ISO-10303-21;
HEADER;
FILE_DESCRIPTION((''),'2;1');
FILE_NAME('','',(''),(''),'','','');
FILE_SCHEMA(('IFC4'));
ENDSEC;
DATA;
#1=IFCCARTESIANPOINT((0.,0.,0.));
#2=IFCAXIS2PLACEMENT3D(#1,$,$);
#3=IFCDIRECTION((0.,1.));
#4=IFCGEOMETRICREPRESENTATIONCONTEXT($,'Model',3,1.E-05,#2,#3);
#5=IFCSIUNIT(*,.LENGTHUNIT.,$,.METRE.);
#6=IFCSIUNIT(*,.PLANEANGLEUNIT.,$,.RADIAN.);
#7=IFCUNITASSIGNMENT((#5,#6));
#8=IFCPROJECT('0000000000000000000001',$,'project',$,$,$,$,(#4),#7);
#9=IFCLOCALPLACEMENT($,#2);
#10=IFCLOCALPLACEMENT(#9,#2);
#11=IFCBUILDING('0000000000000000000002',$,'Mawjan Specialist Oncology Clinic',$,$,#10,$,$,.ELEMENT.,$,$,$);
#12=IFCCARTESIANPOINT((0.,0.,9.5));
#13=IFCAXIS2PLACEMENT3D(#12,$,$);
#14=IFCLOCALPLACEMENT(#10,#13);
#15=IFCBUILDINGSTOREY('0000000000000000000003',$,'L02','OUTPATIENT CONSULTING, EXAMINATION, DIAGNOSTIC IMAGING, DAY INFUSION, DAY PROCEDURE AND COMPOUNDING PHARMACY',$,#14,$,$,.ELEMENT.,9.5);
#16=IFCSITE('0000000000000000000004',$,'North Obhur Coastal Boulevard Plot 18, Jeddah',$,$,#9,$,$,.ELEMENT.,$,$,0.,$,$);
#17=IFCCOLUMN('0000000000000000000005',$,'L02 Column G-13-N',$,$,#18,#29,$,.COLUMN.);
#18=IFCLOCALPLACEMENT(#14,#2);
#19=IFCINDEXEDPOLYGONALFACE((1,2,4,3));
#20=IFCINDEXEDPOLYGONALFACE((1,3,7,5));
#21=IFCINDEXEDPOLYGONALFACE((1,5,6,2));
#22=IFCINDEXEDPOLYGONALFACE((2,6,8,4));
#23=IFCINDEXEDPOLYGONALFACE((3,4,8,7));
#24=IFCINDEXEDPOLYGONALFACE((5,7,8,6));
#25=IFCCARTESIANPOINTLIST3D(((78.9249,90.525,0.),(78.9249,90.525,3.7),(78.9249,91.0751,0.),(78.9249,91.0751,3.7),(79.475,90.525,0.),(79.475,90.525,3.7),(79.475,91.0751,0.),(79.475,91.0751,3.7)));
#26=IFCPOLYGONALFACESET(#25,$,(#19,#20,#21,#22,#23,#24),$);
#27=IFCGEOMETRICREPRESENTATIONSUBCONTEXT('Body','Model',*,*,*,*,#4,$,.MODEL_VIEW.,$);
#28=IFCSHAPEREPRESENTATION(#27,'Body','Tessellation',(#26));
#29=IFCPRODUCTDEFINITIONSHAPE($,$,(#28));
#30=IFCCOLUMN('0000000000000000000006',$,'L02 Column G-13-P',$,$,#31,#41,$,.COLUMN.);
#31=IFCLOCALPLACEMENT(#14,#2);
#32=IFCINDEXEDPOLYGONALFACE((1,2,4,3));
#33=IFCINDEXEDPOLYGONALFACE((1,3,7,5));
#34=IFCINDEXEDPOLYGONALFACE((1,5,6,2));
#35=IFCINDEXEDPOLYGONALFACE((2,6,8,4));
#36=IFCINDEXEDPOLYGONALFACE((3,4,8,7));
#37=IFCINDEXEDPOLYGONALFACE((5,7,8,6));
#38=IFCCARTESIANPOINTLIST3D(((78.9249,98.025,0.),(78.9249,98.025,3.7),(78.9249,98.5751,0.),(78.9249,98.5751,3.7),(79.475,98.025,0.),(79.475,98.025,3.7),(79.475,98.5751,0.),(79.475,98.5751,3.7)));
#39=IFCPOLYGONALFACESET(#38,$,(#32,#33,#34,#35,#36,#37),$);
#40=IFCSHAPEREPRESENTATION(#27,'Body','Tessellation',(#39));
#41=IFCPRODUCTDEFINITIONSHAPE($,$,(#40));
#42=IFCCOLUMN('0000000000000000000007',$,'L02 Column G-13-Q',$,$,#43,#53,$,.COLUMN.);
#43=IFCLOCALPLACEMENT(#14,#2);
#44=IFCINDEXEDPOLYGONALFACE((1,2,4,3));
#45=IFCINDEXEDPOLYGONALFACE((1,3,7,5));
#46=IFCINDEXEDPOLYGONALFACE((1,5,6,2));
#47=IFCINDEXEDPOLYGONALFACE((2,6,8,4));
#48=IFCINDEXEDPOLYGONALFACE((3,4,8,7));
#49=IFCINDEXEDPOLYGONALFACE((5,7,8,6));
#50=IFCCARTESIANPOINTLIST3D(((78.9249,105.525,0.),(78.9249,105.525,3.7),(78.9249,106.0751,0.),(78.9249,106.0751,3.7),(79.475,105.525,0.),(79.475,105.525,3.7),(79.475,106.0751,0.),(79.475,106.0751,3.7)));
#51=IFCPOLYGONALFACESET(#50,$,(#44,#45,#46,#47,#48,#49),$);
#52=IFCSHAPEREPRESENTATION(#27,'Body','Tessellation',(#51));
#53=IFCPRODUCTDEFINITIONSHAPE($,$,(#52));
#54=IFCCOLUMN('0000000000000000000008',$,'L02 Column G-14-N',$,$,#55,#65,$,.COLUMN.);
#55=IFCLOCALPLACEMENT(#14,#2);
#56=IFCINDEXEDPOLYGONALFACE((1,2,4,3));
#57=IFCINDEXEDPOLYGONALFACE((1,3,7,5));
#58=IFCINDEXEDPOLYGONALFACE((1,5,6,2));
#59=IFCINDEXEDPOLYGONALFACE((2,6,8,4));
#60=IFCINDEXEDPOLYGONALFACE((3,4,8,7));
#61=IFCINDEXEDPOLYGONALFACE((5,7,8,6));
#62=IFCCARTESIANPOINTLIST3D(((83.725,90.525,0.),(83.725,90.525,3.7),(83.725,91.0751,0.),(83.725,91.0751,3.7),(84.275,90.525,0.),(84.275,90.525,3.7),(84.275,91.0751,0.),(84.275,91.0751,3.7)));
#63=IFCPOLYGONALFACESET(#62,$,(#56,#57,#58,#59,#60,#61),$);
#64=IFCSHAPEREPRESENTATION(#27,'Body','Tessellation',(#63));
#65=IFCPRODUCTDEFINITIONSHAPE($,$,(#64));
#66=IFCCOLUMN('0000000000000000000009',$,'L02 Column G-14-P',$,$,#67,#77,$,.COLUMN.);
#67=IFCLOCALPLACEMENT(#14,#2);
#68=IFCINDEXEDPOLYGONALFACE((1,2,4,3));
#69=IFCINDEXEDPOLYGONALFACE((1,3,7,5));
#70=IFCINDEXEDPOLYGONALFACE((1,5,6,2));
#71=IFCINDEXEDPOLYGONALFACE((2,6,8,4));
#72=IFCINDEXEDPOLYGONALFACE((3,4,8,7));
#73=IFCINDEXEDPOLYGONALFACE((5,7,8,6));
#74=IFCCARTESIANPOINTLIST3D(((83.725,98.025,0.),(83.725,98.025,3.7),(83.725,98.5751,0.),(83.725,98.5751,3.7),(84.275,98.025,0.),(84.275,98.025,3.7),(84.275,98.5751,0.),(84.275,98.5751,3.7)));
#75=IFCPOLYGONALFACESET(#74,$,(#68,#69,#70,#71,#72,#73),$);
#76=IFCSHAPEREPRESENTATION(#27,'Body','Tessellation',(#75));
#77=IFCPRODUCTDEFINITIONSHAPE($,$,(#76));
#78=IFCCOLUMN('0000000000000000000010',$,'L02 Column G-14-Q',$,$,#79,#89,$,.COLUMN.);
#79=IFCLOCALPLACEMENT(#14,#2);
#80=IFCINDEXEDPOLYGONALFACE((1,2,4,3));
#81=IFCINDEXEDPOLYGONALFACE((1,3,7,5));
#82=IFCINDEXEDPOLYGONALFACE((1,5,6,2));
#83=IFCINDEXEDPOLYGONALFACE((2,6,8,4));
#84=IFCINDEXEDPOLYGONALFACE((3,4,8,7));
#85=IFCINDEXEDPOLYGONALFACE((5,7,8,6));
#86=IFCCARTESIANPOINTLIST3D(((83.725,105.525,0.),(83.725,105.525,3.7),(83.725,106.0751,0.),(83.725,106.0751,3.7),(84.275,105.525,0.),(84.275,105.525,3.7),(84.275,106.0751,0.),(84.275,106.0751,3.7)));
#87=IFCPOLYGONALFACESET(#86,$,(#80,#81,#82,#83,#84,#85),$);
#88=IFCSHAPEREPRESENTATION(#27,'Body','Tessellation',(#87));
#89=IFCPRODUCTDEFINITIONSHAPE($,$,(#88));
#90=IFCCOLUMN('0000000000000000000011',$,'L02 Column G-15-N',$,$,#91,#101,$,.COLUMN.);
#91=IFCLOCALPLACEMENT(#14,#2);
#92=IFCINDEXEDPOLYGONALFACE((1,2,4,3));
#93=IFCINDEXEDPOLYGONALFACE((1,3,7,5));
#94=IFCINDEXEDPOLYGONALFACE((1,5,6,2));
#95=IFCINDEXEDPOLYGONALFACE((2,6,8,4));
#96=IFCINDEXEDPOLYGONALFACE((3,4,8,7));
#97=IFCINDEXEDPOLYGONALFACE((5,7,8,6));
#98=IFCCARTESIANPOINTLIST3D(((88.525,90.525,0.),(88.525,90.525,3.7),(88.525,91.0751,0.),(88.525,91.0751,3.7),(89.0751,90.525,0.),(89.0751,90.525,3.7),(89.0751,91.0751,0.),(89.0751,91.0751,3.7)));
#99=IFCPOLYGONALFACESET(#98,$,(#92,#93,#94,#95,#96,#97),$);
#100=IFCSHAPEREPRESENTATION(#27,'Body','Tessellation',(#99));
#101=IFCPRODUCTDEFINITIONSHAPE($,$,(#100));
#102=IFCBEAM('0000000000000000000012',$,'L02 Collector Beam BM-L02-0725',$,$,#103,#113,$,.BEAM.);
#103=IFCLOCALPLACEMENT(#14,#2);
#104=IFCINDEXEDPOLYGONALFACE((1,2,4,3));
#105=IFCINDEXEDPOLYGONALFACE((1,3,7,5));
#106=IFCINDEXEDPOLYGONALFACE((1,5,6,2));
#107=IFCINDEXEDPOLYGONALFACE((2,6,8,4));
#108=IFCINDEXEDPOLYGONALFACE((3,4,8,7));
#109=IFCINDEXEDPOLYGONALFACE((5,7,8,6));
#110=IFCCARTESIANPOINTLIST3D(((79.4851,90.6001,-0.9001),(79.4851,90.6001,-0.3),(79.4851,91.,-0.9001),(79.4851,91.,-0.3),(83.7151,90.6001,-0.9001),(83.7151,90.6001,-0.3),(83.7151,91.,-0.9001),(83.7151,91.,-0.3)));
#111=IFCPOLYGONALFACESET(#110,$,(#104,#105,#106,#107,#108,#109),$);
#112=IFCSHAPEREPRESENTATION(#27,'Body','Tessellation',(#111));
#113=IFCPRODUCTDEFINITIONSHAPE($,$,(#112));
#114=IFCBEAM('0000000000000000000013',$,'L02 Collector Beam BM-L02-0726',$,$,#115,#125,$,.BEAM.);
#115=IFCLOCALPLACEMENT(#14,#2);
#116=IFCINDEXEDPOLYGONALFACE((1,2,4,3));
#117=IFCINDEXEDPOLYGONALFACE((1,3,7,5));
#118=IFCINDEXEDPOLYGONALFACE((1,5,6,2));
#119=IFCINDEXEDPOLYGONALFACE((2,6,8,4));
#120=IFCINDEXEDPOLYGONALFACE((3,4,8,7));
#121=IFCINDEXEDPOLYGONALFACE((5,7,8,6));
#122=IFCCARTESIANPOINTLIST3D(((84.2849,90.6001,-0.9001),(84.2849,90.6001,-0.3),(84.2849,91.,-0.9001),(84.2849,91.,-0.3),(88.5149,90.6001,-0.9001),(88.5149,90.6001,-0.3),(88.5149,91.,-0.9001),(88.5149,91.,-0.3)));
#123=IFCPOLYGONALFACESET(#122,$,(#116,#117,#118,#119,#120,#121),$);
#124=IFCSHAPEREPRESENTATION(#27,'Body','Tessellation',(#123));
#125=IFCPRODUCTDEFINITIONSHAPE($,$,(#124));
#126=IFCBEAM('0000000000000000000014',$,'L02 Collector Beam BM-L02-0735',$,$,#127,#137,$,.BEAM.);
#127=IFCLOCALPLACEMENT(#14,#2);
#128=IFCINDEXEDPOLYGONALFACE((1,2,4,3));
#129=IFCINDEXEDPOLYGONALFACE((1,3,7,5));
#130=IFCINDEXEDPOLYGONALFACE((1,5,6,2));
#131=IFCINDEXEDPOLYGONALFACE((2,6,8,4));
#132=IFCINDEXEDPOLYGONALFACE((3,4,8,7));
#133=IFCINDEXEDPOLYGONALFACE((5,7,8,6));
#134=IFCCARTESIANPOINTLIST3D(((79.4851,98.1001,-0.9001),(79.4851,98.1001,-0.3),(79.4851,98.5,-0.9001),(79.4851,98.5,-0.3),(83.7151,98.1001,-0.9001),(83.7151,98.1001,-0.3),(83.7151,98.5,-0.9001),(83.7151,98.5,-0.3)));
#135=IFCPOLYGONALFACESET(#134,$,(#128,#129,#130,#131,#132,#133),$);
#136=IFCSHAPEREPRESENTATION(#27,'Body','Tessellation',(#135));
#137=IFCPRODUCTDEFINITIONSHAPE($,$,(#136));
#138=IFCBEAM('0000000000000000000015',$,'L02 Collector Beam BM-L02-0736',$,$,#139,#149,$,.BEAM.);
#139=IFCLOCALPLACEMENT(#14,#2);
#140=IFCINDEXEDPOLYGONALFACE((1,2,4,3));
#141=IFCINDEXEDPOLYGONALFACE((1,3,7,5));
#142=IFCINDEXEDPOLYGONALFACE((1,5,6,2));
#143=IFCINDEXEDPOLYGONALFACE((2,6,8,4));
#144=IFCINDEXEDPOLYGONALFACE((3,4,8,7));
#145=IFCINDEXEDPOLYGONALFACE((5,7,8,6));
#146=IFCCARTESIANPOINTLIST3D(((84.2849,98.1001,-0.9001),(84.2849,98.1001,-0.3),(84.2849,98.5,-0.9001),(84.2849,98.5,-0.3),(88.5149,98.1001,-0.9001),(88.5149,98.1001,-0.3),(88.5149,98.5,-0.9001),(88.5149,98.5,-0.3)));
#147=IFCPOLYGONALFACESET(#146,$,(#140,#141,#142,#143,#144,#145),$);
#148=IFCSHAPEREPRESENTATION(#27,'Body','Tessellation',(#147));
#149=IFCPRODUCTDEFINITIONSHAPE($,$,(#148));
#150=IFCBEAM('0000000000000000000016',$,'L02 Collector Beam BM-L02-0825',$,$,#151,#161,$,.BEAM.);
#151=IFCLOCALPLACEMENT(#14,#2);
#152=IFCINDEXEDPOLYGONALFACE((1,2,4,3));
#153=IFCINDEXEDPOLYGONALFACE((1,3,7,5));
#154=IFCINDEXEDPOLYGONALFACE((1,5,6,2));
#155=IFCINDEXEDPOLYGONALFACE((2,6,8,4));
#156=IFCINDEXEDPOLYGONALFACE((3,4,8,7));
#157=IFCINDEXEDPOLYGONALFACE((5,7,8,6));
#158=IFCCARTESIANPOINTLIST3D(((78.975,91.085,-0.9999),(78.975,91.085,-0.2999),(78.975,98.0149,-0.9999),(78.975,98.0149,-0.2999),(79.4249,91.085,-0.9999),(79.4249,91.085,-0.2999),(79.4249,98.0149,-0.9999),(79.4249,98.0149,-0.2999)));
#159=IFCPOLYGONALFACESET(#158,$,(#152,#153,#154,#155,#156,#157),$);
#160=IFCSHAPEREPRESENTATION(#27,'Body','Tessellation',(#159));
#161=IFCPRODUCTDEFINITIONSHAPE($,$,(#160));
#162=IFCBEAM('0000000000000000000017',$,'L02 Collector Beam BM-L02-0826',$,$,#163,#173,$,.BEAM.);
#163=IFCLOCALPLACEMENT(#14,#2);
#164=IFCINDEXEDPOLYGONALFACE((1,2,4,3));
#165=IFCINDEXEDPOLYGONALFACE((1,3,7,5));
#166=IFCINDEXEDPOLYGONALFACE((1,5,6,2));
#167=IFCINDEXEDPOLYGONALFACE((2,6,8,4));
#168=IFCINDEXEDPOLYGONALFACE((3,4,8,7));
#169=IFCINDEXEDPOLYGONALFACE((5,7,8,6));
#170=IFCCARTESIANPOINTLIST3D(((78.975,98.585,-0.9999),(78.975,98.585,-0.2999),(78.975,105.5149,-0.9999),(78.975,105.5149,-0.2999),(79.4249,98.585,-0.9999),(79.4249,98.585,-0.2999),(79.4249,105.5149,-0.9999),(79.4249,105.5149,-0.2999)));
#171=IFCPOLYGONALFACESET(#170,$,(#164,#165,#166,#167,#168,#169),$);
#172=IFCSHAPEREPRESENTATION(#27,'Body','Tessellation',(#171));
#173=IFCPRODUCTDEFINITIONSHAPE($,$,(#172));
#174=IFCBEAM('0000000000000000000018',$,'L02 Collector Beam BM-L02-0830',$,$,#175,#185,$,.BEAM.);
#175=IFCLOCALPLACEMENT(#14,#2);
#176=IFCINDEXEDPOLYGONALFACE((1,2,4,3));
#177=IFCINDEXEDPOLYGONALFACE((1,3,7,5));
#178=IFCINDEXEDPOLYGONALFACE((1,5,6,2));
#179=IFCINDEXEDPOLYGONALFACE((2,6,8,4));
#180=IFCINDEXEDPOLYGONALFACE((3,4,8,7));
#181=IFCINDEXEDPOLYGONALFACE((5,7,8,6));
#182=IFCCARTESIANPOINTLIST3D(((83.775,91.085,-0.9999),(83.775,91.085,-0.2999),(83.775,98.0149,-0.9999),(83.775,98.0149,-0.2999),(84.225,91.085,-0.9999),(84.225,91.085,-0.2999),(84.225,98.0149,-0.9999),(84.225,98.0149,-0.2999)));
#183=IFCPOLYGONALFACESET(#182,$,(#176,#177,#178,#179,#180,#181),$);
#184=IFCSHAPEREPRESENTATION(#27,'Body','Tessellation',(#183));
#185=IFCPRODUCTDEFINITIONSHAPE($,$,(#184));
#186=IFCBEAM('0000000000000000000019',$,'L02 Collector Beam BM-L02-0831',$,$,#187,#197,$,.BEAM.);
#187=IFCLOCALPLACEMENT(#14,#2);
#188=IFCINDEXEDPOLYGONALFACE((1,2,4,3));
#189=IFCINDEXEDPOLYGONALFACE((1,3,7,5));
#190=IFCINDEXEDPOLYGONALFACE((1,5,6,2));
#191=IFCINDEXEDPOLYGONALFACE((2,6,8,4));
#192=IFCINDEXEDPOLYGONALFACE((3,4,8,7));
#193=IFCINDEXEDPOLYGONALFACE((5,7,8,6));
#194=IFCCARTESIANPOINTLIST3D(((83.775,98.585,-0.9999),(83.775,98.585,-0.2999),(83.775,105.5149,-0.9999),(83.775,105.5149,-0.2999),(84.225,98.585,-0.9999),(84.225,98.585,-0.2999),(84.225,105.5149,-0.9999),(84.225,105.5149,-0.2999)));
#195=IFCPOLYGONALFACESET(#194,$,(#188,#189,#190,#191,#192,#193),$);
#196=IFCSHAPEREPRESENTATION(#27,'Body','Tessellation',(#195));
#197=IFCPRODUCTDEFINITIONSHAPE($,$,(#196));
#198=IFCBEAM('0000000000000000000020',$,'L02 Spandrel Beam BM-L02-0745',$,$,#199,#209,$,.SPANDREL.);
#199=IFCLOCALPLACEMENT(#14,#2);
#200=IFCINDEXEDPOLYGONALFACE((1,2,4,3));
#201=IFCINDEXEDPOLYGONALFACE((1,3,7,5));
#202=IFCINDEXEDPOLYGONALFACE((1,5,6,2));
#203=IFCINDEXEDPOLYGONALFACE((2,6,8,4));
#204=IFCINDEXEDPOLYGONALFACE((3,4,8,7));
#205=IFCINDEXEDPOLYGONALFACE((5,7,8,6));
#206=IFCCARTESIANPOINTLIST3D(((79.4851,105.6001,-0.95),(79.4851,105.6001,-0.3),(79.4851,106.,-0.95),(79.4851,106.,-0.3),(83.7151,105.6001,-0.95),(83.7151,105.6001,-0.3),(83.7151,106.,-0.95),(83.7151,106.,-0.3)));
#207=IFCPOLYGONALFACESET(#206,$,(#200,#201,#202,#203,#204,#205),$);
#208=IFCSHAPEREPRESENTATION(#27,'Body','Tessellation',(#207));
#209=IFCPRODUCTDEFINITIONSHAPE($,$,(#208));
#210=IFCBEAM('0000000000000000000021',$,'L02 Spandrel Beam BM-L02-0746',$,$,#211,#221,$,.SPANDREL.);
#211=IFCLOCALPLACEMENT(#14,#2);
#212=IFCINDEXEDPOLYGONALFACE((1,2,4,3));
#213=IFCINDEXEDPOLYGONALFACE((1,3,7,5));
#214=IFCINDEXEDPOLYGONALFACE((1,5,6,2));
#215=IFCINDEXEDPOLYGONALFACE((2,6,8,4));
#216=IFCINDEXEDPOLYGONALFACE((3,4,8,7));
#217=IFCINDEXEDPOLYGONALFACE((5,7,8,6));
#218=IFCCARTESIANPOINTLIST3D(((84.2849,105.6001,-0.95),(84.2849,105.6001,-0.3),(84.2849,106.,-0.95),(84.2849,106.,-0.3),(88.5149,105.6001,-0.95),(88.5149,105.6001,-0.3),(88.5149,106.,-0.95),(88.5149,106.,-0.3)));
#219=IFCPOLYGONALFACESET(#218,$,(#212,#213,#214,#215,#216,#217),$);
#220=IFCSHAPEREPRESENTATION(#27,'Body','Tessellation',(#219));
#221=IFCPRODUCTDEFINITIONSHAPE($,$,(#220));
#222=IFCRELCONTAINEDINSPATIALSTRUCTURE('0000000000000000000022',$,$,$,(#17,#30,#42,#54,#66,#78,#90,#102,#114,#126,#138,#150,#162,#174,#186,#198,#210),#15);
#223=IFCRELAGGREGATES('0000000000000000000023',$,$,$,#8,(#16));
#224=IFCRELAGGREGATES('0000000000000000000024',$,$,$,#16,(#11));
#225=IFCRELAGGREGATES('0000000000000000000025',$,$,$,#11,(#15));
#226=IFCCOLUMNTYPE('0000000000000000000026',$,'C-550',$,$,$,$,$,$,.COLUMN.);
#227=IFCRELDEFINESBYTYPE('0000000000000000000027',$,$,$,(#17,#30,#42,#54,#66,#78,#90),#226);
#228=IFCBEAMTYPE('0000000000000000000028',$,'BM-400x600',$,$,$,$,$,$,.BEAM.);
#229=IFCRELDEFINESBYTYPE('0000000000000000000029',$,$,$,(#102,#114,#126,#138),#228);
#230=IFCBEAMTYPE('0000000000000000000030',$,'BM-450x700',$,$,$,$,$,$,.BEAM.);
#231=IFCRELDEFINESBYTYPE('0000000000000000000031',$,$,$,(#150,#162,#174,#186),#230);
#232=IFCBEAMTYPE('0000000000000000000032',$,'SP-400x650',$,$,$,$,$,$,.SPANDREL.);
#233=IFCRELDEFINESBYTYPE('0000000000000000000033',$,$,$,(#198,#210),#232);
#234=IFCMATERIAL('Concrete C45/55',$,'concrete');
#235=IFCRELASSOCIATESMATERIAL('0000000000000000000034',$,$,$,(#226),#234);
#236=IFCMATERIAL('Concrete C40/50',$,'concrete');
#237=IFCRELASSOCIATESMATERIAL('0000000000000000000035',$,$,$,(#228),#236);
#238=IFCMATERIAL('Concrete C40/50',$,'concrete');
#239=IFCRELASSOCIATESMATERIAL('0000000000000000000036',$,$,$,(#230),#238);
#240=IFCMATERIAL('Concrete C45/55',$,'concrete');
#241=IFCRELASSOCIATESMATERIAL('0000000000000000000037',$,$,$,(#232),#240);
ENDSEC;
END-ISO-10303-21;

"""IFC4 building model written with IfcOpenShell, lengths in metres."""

from ifc_helpers import new_model, si_unit, direction, frame, origin, origin_2d, place, context, subcontext, project, spatial, rectangle, extrude, material, material_profile, profile_set, type_object, element, save


model = new_model("IFC4")

# Units and contexts
model_context = context("Model", 3, precision=1e-05, world=origin(), true_north=direction((0.0, 1.0)))
body_context = subcontext(model_context, "Body", "Model", "MODEL_VIEW")
ifc_project = project(units=[si_unit("LENGTHUNIT", "METRE"), si_unit("PLANEANGLEUNIT", "RADIAN")], contexts=[model_context])

# Site, building, storey
site_placement = place(None, origin())
site = spatial("IfcSite", under=ifc_project, at=site_placement, Name="North Obhur Coastal Boulevard Plot 18, Jeddah", CompositionType="ELEMENT", RefElevation=0.0)
building_placement = place(site_placement, origin())
building = spatial("IfcBuilding", under=site, at=building_placement, Name="Mawjan Specialist Oncology Clinic", CompositionType="ELEMENT")
storey_placement = place(building_placement, frame((0.0, 0.0, 9.5)))
storey = spatial("IfcBuildingStorey", under=building, at=storey_placement, Name="L02", Description="OUTPATIENT CONSULTING, EXAMINATION, DIAGNOSTIC IMAGING, DAY INFUSION, DAY PROCEDURE AND COMPOUNDING PHARMACY", CompositionType="ELEMENT", Elevation=9.5)

# Columns
ifc_material_1 = material(Name="Concrete C45/55", Category="concrete")
ifc_material_profile_1 = material_profile(ifc_material_1, rectangle(XDim=0.55, YDim=0.55, at=origin_2d()), Name="RC COL 550x550", Category="concrete")
ifc_profile_set_1 = profile_set([ifc_material_profile_1], Name="Concrete C45/55")
column_type = type_object("IfcColumnType", Name="C-550", PredefinedType="COLUMN", material=ifc_profile_set_1)
for number, where, z_axis, x_axis, name in (
    (1, (79.2, 90.8, 0.0), (0.0, 0.0, 1.0), (1.0, 0.0, 0.0), "L02 Column G-13-N"),
    (2, (79.2, 98.3, 0.0), (0.0, 0.0, 1.0), (1.0, 0.0, 0.0), "L02 Column G-13-P"),
    (3, (79.2, 105.8, 0.0), (0.0, 0.0, 1.0), (1.0, 0.0, 0.0), "L02 Column G-13-Q"),
    (4, (84.0, 90.8, 0.0), (0.0, 0.0, 1.0), (1.0, 0.0, 0.0), "L02 Column G-14-N"),
    (5, (84.0, 98.3, 0.0), (0.0, 0.0, 1.0), (1.0, 0.0, 0.0), "L02 Column G-14-P"),
    (6, (84.0, 105.8, 0.0), (0.0, 0.0, 1.0), (1.0, 0.0, 0.0), "L02 Column G-14-Q"),
    (7, (88.8, 90.8, 0.0), (0.0, 0.0, 1.0), (1.0, 0.0, 0.0), "L02 Column G-15-N"),
):
    element("IfcColumn", number, at=place(storey_placement, frame(where, z_axis=z_axis, x_axis=x_axis)), inside=storey, type_object=column_type, Name=name, PredefinedType="COLUMN", context=body_context, shape_type="SweptSolid", body=[
        extrude(rectangle(XDim=0.55, YDim=0.55, at=origin_2d()), origin(), (0.0, 0.0, 1.0), 3.7),
    ])

# Beams
ifc_material_2 = material(Name="Concrete C40/50", Category="concrete")
ifc_material_profile_2 = material_profile(ifc_material_2, rectangle(XDim=0.3999, YDim=0.6001, at=origin_2d()), Name="RC BM 400x600", Category="concrete")
ifc_profile_set_2 = profile_set([ifc_material_profile_2], Name="Concrete C40/50")
beam_type_1 = type_object("IfcBeamType", Name="BM-400x600", PredefinedType="BEAM", material=ifc_profile_set_2)
for number, where, z_axis, x_axis, name in (
    (8, (79.4851, 90.8, -0.6001), (1.0, 0.0, 0.0), (0.0, 1.0, 0.0), "L02 Collector Beam BM-L02-0725"),
    (9, (84.2849, 90.8, -0.6001), (1.0, 0.0, 0.0), (0.0, 1.0, 0.0), "L02 Collector Beam BM-L02-0726"),
    (10, (79.4851, 98.3, -0.6001), (1.0, 0.0, 0.0), (0.0, 1.0, 0.0), "L02 Collector Beam BM-L02-0735"),
    (11, (84.2849, 98.3, -0.6001), (1.0, 0.0, 0.0), (0.0, 1.0, 0.0), "L02 Collector Beam BM-L02-0736"),
):
    element("IfcBeam", number, at=place(storey_placement, frame(where, z_axis=z_axis, x_axis=x_axis)), inside=storey, type_object=beam_type_1, Name=name, PredefinedType="BEAM", context=body_context, shape_type="SweptSolid", body=[
        extrude(rectangle(XDim=0.3999, YDim=0.6001, at=origin_2d()), origin(), (0.0, 0.0, 1.0), 4.23),
    ])
ifc_material_3 = material(Name="Concrete C40/50", Category="concrete")
ifc_material_profile_3 = material_profile(ifc_material_3, rectangle(XDim=0.45, YDim=0.7, at=origin_2d()), Name="RC BM 450x700", Category="concrete")
ifc_profile_set_3 = profile_set([ifc_material_profile_3], Name="Concrete C40/50")
beam_type_2 = type_object("IfcBeamType", Name="BM-450x700", PredefinedType="BEAM", material=ifc_profile_set_3)
for number, where, z_axis, x_axis, name in (
    (12, (79.2, 91.085, -0.6499), (0.0, 1.0, 0.0), (-1.0, 0.0, 0.0), "L02 Collector Beam BM-L02-0825"),
    (13, (79.2, 98.585, -0.6499), (0.0, 1.0, 0.0), (-1.0, 0.0, 0.0), "L02 Collector Beam BM-L02-0826"),
    (14, (84.0, 91.085, -0.6499), (0.0, 1.0, 0.0), (-1.0, 0.0, 0.0), "L02 Collector Beam BM-L02-0830"),
    (15, (84.0, 98.585, -0.6499), (0.0, 1.0, 0.0), (-1.0, 0.0, 0.0), "L02 Collector Beam BM-L02-0831"),
):
    element("IfcBeam", number, at=place(storey_placement, frame(where, z_axis=z_axis, x_axis=x_axis)), inside=storey, type_object=beam_type_2, Name=name, PredefinedType="BEAM", context=body_context, shape_type="SweptSolid", body=[
        extrude(rectangle(XDim=0.45, YDim=0.7, at=origin_2d()), origin(), (0.0, 0.0, 1.0), 6.9299),
    ])
ifc_material_4 = material(Name="Concrete C45/55", Category="concrete")
ifc_material_profile_4 = material_profile(ifc_material_4, rectangle(XDim=0.3999, YDim=0.6499, at=origin_2d()), Name="RC BM 400x650", Category="concrete")
ifc_profile_set_4 = profile_set([ifc_material_profile_4], Name="Concrete C45/55")
beam_type_3 = type_object("IfcBeamType", Name="SP-400x650", PredefinedType="SPANDREL", material=ifc_profile_set_4)
for number, where, z_axis, x_axis, name in (
    (16, (79.4851, 105.8, -0.625), (1.0, 0.0, 0.0), (0.0, 1.0, 0.0), "L02 Spandrel Beam BM-L02-0745"),
    (17, (84.2849, 105.8, -0.625), (1.0, 0.0, 0.0), (0.0, 1.0, 0.0), "L02 Spandrel Beam BM-L02-0746"),
):
    element("IfcBeam", number, at=place(storey_placement, frame(where, z_axis=z_axis, x_axis=x_axis)), inside=storey, type_object=beam_type_3, Name=name, PredefinedType="SPANDREL", context=body_context, shape_type="SweptSolid", body=[
        extrude(rectangle(XDim=0.3999, YDim=0.6499, at=origin_2d()), origin(), (0.0, 0.0, 1.0), 4.23),
    ])

save(model, "model.ifc")
